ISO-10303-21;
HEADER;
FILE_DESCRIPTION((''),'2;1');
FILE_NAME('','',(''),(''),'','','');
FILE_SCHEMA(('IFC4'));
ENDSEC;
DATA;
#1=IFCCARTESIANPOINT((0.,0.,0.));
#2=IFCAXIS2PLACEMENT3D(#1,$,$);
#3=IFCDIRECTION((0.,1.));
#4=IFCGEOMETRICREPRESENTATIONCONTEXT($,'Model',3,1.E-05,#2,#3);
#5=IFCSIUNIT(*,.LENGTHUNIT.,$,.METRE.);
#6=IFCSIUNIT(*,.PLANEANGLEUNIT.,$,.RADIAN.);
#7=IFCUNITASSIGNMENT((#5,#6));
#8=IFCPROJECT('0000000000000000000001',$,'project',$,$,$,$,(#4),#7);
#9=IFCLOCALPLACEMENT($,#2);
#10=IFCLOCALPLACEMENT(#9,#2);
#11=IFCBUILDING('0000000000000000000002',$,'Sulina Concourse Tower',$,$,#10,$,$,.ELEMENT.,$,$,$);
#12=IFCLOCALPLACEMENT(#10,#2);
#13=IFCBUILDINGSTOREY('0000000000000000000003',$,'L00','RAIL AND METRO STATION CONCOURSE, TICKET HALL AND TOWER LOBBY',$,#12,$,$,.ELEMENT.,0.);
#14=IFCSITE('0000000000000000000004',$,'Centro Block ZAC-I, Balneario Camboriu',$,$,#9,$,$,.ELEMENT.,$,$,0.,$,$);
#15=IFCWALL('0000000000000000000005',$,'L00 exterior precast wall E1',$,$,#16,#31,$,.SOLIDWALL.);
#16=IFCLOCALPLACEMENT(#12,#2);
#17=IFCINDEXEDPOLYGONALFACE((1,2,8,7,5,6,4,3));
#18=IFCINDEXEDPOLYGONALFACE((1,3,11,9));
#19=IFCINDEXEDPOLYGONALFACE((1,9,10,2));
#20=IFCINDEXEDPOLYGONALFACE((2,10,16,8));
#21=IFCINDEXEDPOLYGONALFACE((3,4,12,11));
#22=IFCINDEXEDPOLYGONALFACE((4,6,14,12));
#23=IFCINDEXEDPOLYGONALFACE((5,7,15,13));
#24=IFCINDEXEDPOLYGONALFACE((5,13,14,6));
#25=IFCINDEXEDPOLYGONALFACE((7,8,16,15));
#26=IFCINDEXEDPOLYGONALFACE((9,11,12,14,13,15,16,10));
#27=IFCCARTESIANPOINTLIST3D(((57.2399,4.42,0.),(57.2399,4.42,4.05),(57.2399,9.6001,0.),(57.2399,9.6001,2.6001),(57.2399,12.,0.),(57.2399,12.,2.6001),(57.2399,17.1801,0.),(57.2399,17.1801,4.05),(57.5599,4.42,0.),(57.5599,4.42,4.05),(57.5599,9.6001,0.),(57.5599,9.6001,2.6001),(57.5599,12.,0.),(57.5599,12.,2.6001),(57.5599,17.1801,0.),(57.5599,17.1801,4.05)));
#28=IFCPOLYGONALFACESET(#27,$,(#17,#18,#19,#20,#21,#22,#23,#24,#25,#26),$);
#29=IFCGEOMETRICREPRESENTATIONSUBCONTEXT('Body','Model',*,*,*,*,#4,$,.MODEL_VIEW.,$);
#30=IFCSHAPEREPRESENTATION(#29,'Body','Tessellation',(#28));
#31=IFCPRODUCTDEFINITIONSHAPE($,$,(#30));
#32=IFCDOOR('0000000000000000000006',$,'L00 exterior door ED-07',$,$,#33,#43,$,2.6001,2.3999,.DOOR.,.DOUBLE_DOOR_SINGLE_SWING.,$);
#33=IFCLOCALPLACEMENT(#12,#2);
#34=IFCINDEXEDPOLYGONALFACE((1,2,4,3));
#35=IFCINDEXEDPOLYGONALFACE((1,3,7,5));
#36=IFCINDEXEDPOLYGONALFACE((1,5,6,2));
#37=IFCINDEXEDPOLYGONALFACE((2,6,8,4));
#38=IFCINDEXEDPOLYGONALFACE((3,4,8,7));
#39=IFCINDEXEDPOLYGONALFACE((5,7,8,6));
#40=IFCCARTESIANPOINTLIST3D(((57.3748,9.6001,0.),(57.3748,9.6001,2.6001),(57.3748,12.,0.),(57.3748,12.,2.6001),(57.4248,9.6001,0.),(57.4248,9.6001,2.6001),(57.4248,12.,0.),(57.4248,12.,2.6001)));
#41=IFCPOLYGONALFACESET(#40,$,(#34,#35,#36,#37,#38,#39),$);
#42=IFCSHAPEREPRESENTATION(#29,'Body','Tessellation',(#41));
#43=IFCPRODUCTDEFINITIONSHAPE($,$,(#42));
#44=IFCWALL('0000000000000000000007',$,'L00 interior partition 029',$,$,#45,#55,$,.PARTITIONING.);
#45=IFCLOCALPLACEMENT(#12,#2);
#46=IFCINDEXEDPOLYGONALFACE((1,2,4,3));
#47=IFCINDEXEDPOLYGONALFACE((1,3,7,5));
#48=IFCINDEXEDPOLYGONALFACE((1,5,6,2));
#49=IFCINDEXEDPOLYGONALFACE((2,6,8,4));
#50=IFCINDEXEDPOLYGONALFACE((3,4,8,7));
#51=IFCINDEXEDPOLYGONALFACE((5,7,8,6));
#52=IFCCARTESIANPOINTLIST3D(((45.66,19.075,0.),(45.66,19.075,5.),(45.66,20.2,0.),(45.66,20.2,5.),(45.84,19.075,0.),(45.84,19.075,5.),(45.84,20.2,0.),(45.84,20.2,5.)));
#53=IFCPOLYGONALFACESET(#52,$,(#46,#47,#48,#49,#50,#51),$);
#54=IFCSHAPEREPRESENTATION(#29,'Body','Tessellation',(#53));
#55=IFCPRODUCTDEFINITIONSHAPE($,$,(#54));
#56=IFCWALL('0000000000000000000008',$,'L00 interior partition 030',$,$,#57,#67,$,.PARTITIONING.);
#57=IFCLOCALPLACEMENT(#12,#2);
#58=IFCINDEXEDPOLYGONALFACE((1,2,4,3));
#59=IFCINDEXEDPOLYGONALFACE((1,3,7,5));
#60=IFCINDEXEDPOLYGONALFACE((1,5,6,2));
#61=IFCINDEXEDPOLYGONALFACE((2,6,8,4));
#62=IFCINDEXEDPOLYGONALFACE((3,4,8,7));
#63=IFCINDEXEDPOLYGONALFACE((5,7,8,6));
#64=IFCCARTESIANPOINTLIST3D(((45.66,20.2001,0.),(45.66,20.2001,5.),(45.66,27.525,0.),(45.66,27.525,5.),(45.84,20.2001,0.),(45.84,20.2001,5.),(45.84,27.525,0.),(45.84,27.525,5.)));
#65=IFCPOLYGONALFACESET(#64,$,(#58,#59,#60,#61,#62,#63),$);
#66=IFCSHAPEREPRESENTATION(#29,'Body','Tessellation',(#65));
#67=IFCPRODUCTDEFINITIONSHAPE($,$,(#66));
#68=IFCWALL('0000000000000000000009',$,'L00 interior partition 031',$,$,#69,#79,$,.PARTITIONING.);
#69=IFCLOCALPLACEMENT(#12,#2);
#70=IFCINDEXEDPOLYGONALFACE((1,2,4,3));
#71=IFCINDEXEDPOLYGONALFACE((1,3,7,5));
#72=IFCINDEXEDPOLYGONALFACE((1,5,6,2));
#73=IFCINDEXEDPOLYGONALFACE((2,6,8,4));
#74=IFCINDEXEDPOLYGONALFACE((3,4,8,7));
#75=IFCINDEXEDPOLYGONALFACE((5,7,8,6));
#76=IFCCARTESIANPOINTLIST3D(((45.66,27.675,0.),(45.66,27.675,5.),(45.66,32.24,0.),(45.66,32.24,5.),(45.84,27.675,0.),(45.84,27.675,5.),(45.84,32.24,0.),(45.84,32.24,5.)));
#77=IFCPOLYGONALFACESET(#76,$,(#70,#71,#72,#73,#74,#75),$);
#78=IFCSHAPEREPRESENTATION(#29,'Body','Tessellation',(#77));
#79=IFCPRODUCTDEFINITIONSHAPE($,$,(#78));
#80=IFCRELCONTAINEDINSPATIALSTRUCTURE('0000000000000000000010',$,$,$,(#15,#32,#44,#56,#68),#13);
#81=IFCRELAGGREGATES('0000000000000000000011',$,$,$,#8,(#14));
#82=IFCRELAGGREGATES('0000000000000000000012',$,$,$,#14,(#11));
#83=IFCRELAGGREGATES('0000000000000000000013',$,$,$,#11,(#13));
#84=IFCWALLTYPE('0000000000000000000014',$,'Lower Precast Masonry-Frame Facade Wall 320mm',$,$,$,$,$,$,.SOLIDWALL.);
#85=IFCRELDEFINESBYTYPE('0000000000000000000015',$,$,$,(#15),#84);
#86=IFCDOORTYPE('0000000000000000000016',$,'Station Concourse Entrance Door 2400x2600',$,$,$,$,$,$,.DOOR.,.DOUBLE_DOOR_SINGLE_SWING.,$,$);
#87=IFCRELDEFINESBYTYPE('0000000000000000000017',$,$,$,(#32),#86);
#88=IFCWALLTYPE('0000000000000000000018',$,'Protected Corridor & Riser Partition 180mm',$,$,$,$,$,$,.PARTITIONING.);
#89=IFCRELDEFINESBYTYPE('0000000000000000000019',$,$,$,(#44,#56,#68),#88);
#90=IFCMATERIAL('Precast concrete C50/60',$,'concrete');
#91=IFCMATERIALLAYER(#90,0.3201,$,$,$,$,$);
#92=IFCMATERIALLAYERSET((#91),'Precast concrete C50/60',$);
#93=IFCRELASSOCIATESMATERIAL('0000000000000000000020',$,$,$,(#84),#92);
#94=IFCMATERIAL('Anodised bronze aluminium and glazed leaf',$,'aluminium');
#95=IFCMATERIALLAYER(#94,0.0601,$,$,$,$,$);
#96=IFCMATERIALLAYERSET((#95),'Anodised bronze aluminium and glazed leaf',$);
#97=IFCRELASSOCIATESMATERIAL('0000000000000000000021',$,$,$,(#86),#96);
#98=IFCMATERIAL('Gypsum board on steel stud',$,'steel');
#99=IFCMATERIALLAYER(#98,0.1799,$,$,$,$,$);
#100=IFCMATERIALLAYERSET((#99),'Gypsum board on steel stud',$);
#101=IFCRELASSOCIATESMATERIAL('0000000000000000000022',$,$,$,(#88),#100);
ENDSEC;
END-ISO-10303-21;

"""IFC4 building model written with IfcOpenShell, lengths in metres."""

from ifc_helpers import new_model, si_unit, direction, frame, frame_2d, origin, place, context, subcontext, project, spatial, rectangle, extrude, material, layer, layer_set, type_object, element, fill, save


model = new_model("IFC4")

# Units and contexts
model_context = context("Model", 3, precision=1e-05, world=origin(), true_north=direction((0.0, 1.0)))
body_context = subcontext(model_context, "Body", "Model", "MODEL_VIEW")
ifc_project = project(units=[si_unit("LENGTHUNIT", "METRE"), si_unit("PLANEANGLEUNIT", "RADIAN")], contexts=[model_context])

# Site, building, storey
site_placement = place(None, origin())
site = spatial("IfcSite", under=ifc_project, at=site_placement, Name="Centro Block ZAC-I, Balneario Camboriu", CompositionType="ELEMENT", RefElevation=0.0)
building_placement = place(site_placement, origin())
building = spatial("IfcBuilding", under=site, at=building_placement, Name="Sulina Concourse Tower", CompositionType="ELEMENT")
storey_placement = place(building_placement, origin())
storey = spatial("IfcBuildingStorey", under=building, at=storey_placement, Name="L00", Description="RAIL AND METRO STATION CONCOURSE, TICKET HALL AND TOWER LOBBY", CompositionType="ELEMENT", Elevation=0.0)

# Wall, opening, door
ifc_material_1 = material(Name="Precast concrete C50/60", Category="concrete")
ifc_layer_1 = layer(ifc_material_1, 0.3201)
ifc_layer_set_1 = layer_set([ifc_layer_1], Name="Precast concrete C50/60")
wall_type_1 = type_object("IfcWallType", Name="Lower Precast Masonry-Frame Facade Wall 320mm", PredefinedType="SOLIDWALL", material=ifc_layer_set_1)
wall_1_placement = place(storey_placement, frame((57.3999, 17.1799, 0.0), z_axis=(0.0, 0.0, 1.0), x_axis=(0.0, -1.0, 0.0)))
wall_1 = element("IfcWall", 1, at=wall_1_placement, inside=storey, type_object=wall_type_1, Name="L00 exterior precast wall E1", PredefinedType="SOLIDWALL", context=body_context, shape_type="SweptSolid", body=[
    extrude(rectangle(XDim=12.76, YDim=0.3201, at=frame_2d((6.3799, 0.0))), origin(), (0.0, 0.0, 1.0), 4.05),
])
opening_1_placement = place(wall_1_placement, frame((5.1799, 0.0, 0.0)))
opening_1 = element("IfcOpeningElement", 2, at=opening_1_placement, cuts=wall_1, PredefinedType="OPENING", context=body_context, shape_type="SweptSolid", body=[
    extrude(rectangle(XDim=2.3999, YDim=2.6001, at=frame_2d((1.2, 1.3))), frame((0.0, 0.1699, 0.0), z_axis=(0.0, -1.0, 0.0), x_axis=(1.0, 0.0, 0.0)), (0.0, 0.0, 1.0), 0.3401),
])
ifc_material_2 = material(Name="Anodised bronze aluminium and glazed leaf", Category="aluminium")
ifc_layer_2 = layer(ifc_material_2, 0.0601)
ifc_layer_set_2 = layer_set([ifc_layer_2], Name="Anodised bronze aluminium and glazed leaf")
door_type_1 = type_object("IfcDoorType", Name="Station Concourse Entrance Door 2400x2600", OperationType="DOUBLE_DOOR_SINGLE_SWING", PredefinedType="DOOR", material=ifc_layer_set_2)
door_1_placement = place(opening_1_placement, origin())
door_1 = element("IfcDoor", 3, at=door_1_placement, inside=storey, type_object=door_type_1, Name="L00 exterior door ED-07", OperationType="DOUBLE_DOOR_SINGLE_SWING", OverallHeight=2.6001, OverallWidth=2.3999, PredefinedType="DOOR", context=body_context, shape_type="SweptSolid", body=[
    extrude(rectangle(XDim=2.3999, YDim=2.6001, at=frame_2d((1.2, 1.3))), frame((0.0, 0.0249, 0.0), z_axis=(0.0, -1.0, 0.0), x_axis=(1.0, 0.0, 0.0)), (0.0, 0.0, 1.0), 0.05),
])
fill(opening_1, door_1)

# Walls
ifc_material_3 = material(Name="Gypsum board on steel stud", Category="steel")
ifc_layer_3 = layer(ifc_material_3, 0.1799)
ifc_layer_set_3 = layer_set([ifc_layer_3], Name="Gypsum board on steel stud")
wall_type_2 = type_object("IfcWallType", Name="Protected Corridor & Riser Partition 180mm", PredefinedType="PARTITIONING", material=ifc_layer_set_3)
wall_2_placement = place(storey_placement, frame((45.75, 19.075, 0.0), z_axis=(0.0, 0.0, 1.0), x_axis=(0.0, 1.0, 0.0)))
element("IfcWall", 4, at=wall_2_placement, inside=storey, type_object=wall_type_2, Name="L00 interior partition 029", PredefinedType="PARTITIONING", context=body_context, shape_type="SweptSolid", body=[
    extrude(rectangle(XDim=1.125, YDim=0.1799, at=frame_2d((0.5625, 0.0))), origin(), (0.0, 0.0, 1.0), 5.0),
])
wall_3_placement = place(storey_placement, frame((45.75, 20.2, 0.0), z_axis=(0.0, 0.0, 1.0), x_axis=(0.0, 1.0, 0.0)))
element("IfcWall", 5, at=wall_3_placement, inside=storey, type_object=wall_type_2, Name="L00 interior partition 030", PredefinedType="PARTITIONING", context=body_context, shape_type="SweptSolid", body=[
    extrude(rectangle(XDim=7.325, YDim=0.1799, at=frame_2d((3.6626, 0.0))), origin(), (0.0, 0.0, 1.0), 5.0),
])
wall_4_placement = place(storey_placement, frame((45.75, 27.675, 0.0), z_axis=(0.0, 0.0, 1.0), x_axis=(0.0, 1.0, 0.0)))
element("IfcWall", 6, at=wall_4_placement, inside=storey, type_object=wall_type_2, Name="L00 interior partition 031", PredefinedType="PARTITIONING", context=body_context, shape_type="SweptSolid", body=[
    extrude(rectangle(XDim=4.5649, YDim=0.1799, at=frame_2d((2.2825, 0.0))), origin(), (0.0, 0.0, 1.0), 5.0),
])

save(model, "model.ifc")
